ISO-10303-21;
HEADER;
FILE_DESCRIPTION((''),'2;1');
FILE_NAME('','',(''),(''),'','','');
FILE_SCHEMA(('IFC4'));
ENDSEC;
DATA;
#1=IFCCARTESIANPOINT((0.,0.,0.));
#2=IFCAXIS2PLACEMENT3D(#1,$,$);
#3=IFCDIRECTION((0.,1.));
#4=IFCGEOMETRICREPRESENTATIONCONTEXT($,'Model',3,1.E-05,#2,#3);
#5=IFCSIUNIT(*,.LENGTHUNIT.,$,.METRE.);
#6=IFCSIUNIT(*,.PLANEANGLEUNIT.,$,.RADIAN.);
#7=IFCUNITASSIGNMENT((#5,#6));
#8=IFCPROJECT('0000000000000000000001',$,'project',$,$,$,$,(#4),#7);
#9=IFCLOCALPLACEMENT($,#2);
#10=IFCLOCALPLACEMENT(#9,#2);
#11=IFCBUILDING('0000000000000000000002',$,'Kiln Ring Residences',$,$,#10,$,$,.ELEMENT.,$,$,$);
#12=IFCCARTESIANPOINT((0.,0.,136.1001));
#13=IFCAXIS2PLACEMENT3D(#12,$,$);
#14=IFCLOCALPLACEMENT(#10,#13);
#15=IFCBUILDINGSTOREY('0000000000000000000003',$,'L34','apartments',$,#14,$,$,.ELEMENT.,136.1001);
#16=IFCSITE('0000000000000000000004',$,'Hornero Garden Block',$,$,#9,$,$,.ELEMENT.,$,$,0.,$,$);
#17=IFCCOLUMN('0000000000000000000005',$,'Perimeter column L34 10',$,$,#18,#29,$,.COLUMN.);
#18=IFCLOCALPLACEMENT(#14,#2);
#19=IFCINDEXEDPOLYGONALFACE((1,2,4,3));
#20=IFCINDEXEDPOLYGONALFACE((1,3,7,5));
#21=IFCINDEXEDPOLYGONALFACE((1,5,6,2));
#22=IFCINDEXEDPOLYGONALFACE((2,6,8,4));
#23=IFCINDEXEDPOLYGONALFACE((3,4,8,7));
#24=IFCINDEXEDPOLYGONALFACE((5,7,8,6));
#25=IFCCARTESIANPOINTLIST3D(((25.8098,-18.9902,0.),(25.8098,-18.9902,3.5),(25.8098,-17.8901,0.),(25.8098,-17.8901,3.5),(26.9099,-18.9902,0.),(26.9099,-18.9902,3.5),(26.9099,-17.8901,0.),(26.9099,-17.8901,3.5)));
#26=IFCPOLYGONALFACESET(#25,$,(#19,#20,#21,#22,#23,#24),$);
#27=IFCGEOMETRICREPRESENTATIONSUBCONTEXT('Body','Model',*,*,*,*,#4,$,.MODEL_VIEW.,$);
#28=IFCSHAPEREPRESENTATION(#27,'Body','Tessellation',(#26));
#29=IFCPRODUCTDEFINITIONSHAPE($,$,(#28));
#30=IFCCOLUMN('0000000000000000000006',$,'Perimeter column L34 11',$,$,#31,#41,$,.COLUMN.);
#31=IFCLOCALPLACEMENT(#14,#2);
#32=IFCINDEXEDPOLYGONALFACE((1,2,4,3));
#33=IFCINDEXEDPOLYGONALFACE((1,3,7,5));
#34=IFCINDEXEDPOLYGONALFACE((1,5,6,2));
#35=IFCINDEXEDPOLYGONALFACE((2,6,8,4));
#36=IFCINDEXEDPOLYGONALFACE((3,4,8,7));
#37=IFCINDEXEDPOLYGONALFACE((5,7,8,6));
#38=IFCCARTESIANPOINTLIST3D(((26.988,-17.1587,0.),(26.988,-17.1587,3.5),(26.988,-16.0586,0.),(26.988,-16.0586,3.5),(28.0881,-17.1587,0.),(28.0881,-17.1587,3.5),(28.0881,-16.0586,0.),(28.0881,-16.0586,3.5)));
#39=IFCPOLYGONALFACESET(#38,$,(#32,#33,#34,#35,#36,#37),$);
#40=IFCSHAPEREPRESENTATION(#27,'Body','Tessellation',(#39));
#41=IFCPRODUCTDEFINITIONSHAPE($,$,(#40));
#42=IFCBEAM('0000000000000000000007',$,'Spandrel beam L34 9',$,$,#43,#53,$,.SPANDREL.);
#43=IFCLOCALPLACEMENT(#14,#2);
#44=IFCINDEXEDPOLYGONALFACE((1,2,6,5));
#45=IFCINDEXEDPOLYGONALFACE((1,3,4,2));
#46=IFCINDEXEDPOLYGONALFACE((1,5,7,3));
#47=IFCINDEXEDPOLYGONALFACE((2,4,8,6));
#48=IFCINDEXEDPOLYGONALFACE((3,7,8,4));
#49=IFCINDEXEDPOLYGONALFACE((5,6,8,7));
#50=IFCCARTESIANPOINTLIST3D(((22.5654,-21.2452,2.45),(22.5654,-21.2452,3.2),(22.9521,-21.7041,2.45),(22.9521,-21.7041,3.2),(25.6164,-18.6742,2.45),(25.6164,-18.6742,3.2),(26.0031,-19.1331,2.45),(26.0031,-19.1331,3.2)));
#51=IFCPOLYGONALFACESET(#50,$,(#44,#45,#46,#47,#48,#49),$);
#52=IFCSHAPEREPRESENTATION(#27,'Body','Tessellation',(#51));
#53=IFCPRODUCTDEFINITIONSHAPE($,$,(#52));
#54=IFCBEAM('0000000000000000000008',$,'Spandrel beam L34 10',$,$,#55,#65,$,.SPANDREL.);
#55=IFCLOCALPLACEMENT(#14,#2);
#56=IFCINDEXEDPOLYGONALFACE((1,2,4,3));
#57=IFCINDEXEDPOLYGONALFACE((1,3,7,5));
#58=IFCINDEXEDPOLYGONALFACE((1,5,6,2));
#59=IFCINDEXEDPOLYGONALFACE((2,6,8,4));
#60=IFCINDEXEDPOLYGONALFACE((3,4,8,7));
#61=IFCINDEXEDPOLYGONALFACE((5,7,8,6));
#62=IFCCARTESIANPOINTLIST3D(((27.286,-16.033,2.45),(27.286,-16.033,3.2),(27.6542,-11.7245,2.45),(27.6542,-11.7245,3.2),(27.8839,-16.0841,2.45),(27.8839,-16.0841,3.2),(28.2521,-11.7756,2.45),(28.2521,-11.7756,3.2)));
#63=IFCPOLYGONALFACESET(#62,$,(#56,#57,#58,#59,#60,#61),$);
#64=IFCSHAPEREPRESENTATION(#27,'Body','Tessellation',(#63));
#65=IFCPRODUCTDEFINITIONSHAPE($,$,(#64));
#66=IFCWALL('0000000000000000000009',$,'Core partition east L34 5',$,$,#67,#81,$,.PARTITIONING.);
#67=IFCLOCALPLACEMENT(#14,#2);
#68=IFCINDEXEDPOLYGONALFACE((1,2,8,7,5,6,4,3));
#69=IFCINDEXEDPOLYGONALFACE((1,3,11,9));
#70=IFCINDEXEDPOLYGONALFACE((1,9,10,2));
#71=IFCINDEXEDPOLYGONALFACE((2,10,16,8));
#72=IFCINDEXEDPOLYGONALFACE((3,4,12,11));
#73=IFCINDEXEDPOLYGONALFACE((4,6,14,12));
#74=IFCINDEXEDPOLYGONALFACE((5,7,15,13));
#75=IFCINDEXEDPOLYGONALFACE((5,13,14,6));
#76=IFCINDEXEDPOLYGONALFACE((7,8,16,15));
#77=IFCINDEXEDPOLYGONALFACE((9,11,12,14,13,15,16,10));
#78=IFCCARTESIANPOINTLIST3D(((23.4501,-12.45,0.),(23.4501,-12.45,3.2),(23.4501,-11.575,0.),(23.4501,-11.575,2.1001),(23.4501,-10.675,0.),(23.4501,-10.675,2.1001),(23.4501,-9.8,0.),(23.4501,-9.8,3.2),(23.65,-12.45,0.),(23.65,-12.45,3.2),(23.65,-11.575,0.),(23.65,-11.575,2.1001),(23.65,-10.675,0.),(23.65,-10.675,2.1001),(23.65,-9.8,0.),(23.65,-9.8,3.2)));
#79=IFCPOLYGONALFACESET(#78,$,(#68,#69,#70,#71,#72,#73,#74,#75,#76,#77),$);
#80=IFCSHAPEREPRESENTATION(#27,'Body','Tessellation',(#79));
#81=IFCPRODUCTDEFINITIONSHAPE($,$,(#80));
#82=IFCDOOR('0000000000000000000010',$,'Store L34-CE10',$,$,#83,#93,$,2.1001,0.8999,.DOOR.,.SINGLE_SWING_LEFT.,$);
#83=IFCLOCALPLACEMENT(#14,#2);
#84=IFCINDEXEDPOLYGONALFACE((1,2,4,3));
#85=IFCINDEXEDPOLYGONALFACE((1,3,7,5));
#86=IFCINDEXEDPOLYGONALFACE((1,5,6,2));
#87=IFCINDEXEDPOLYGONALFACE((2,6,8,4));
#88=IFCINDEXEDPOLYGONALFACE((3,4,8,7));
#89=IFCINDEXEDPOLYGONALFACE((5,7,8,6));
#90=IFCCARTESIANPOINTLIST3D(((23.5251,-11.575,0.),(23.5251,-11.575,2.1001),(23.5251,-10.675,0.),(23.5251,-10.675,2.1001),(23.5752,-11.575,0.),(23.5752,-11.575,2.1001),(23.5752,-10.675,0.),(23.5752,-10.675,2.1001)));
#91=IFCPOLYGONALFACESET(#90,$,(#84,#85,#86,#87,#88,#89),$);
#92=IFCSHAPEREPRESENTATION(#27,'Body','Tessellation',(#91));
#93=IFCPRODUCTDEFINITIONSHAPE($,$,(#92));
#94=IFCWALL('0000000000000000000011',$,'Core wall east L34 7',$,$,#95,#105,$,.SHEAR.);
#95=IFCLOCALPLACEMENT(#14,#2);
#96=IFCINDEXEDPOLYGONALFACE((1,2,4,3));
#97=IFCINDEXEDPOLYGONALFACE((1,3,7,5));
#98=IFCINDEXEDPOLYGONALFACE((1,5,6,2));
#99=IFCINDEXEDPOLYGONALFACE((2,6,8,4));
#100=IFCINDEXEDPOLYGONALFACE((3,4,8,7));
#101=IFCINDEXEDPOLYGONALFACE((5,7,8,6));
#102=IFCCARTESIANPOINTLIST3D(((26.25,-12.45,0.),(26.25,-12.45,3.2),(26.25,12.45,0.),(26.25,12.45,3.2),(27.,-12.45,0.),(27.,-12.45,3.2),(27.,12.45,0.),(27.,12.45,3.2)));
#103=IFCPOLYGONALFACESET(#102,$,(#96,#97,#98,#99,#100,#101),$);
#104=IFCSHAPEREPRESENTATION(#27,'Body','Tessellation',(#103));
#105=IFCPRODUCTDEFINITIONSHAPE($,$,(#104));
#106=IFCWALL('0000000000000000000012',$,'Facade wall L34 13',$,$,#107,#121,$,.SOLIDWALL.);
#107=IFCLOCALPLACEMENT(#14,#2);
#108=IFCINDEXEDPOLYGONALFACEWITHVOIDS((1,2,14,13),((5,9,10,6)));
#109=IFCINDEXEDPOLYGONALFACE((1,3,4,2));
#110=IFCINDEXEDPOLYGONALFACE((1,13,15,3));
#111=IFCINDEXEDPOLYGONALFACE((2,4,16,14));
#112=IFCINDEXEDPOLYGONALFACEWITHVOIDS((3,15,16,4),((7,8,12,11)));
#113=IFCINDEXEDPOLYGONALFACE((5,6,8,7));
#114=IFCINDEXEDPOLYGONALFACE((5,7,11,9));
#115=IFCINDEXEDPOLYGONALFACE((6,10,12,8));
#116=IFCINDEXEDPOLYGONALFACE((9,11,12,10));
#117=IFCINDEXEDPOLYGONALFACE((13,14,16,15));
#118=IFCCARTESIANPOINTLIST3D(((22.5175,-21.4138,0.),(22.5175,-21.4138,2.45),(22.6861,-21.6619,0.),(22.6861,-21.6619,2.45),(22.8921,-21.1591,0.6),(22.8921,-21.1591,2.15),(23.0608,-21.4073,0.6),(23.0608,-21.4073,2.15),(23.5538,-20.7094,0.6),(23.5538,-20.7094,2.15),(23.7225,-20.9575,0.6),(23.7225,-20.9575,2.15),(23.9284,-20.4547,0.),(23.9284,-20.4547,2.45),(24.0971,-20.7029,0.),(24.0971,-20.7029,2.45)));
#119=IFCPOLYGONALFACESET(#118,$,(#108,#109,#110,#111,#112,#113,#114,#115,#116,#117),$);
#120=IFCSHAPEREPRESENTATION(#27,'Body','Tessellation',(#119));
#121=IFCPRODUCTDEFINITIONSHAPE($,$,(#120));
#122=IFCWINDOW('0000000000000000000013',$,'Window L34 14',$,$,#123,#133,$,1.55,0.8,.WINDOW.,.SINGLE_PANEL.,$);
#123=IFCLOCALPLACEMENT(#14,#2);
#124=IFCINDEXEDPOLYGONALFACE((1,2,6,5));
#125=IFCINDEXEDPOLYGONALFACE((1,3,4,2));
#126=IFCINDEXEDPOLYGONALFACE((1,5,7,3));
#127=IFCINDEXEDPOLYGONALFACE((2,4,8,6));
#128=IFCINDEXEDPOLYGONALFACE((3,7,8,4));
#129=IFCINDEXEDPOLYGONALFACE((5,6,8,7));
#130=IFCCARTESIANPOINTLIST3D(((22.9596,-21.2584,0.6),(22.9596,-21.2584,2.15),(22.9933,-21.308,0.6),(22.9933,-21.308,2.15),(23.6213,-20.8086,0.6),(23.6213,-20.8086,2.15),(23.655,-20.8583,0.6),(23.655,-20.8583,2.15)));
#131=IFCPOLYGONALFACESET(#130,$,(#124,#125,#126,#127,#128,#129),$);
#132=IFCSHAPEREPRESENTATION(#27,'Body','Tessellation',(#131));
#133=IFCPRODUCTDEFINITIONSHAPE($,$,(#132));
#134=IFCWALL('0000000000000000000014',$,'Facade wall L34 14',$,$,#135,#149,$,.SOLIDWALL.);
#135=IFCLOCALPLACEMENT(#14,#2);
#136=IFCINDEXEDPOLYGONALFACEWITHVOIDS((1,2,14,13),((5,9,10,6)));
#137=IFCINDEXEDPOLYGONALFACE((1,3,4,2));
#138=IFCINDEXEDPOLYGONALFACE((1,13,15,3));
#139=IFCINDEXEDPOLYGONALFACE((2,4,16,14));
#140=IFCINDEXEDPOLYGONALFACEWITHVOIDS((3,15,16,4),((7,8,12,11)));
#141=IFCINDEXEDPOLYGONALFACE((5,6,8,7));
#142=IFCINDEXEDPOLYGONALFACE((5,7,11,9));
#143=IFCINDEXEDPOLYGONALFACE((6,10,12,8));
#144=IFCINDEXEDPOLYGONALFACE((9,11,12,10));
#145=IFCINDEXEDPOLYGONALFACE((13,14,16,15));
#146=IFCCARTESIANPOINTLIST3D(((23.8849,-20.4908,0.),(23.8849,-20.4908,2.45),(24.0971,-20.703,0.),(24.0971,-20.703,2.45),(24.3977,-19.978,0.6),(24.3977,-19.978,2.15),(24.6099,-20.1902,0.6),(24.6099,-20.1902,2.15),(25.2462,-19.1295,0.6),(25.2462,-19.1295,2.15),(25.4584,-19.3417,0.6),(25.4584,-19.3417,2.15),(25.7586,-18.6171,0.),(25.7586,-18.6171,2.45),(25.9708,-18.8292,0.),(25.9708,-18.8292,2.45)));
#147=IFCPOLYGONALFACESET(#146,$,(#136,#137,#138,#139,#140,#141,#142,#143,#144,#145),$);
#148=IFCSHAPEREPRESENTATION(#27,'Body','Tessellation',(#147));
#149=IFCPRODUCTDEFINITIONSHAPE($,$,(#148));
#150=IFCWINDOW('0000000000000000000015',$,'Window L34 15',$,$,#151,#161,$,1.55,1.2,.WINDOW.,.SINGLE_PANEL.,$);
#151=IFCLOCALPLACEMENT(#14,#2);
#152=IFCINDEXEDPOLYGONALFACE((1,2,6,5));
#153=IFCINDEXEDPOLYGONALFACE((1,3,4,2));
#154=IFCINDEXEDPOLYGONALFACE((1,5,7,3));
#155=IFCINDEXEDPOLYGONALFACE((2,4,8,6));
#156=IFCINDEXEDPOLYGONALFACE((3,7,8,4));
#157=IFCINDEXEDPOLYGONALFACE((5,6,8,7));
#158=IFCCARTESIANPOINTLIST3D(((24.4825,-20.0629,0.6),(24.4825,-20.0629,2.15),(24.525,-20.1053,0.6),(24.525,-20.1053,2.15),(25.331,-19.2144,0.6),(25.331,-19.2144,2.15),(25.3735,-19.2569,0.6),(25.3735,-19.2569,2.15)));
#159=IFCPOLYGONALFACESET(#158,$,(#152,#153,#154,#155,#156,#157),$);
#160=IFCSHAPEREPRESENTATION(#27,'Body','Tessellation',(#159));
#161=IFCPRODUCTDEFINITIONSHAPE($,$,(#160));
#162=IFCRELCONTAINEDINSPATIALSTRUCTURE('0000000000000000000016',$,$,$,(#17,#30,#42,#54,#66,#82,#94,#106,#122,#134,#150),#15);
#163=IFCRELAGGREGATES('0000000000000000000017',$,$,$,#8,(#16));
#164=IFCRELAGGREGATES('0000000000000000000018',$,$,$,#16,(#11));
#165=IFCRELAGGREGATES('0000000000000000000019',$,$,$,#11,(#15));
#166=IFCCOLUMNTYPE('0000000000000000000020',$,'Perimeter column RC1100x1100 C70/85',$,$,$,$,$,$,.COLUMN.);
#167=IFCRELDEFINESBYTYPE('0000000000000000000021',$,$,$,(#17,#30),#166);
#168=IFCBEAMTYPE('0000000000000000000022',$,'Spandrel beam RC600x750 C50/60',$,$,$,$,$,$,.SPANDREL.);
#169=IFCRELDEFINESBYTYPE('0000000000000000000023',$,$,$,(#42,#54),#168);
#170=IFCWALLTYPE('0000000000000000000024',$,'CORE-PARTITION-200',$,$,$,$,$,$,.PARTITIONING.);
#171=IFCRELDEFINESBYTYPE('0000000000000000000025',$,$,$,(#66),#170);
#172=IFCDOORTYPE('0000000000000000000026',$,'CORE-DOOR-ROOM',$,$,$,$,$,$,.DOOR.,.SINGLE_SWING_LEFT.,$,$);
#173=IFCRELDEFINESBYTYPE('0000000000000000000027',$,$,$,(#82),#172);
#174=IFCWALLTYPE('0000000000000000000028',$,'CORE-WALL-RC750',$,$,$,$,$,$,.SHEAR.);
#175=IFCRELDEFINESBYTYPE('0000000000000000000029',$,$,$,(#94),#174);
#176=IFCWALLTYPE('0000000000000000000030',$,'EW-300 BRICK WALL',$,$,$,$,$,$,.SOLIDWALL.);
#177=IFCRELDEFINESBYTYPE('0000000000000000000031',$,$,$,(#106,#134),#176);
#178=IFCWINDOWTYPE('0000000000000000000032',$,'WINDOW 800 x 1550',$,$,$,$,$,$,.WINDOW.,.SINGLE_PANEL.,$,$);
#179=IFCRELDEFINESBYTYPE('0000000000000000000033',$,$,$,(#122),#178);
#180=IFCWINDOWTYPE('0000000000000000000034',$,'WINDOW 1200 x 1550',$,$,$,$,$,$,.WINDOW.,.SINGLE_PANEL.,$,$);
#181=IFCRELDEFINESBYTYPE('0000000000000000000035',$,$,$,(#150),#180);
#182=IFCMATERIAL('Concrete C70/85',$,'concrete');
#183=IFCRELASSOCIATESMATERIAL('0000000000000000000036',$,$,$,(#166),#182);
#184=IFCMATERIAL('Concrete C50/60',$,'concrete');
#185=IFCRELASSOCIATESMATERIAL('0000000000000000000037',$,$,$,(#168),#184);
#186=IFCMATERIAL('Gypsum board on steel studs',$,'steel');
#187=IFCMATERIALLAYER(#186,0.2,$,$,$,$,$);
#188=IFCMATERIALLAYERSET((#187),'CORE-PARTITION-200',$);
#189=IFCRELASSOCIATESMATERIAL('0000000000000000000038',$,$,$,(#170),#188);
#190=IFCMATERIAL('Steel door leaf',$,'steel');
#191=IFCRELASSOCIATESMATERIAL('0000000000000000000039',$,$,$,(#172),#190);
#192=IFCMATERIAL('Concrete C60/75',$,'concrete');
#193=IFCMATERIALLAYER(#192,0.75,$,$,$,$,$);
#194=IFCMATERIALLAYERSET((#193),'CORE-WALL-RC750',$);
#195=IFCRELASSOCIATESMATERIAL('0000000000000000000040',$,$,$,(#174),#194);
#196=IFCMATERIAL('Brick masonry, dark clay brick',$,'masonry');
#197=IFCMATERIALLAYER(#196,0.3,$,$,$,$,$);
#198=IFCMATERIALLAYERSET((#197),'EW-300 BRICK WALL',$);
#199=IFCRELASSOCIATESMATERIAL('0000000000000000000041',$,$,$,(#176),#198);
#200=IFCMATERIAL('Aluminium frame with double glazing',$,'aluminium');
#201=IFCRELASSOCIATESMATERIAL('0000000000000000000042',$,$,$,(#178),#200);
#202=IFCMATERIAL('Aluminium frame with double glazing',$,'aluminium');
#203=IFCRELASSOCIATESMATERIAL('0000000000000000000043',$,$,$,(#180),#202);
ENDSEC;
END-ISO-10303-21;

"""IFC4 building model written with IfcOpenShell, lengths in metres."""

from ifc_helpers import new_model, si_unit, direction, frame, frame_2d, origin, origin_2d, place, context, subcontext, project, spatial, rectangle, extrude, material, layer, layer_set, material_profile, profile_set, type_object, element, fill, save


model = new_model("IFC4")

# Units and contexts
model_context = context("Model", 3, precision=1e-05, world=origin(), true_north=direction((0.0, 1.0)))
body_context = subcontext(model_context, "Body", "Model", "MODEL_VIEW")
ifc_project = project(units=[si_unit("LENGTHUNIT", "METRE"), si_unit("PLANEANGLEUNIT", "RADIAN")], contexts=[model_context])

# Site, building, storey
site_placement = place(None, origin())
site = spatial("IfcSite", under=ifc_project, at=site_placement, Name="Hornero Garden Block", CompositionType="ELEMENT", RefElevation=0.0)
building_placement = place(site_placement, origin())
building = spatial("IfcBuilding", under=site, at=building_placement, Name="Kiln Ring Residences", CompositionType="ELEMENT")
storey_placement = place(building_placement, frame((0.0, 0.0, 136.1001)))
storey = spatial("IfcBuildingStorey", under=building, at=storey_placement, Name="L34", Description="apartments", CompositionType="ELEMENT", Elevation=136.1001)

# Columns
ifc_material_1 = material(Name="Concrete C70/85", Category="concrete")
ifc_material_profile_1 = material_profile(ifc_material_1, rectangle(XDim=1.1001, YDim=1.1001, at=origin_2d()), Name="RC1100x1100")
ifc_profile_set_1 = profile_set([ifc_material_profile_1], Name="Concrete C70/85")
column_type = type_object("IfcColumnType", Name="Perimeter column RC1100x1100 C70/85", PredefinedType="COLUMN", material=ifc_profile_set_1)
for number, where, z_axis, x_axis, name in (
    (1, (26.3599, -18.4402, 0.0), (0.0, 0.0, 1.0), (1.0, 0.0, 0.0), "Perimeter column L34 10"),
    (2, (27.5381, -16.6086, 0.0), (0.0, 0.0, 1.0), (1.0, 0.0, 0.0), "Perimeter column L34 11"),
):
    element("IfcColumn", number, at=place(storey_placement, frame(where, z_axis=z_axis, x_axis=x_axis)), inside=storey, type_object=column_type, Name=name, PredefinedType="COLUMN", context=body_context, shape_type="SweptSolid", body=[
        extrude(rectangle(XDim=1.1001, YDim=1.1001, at=origin_2d()), origin(), (0.0, 0.0, 1.0), 3.5),
    ])

# Beams
ifc_material_2 = material(Name="Concrete C50/60", Category="concrete")
ifc_material_profile_2 = material_profile(ifc_material_2, rectangle(XDim=0.6001, YDim=0.75, at=origin_2d()), Name="RC600x750")
ifc_profile_set_2 = profile_set([ifc_material_profile_2], Name="Concrete C50/60")
beam_type = type_object("IfcBeamType", Name="Spandrel beam RC600x750 C50/60", PredefinedType="SPANDREL", material=ifc_profile_set_2)
beam_1_placement = place(storey_placement, frame((22.7588, -21.4746, 2.825), z_axis=(0.764694, 0.644394, 0.0), x_axis=(-0.644394, 0.764694, 0.0)))
element("IfcBeam", 3, at=beam_1_placement, inside=storey, type_object=beam_type, Name="Spandrel beam L34 9", PredefinedType="SPANDREL", context=body_context, shape_type="SweptSolid", body=[
    extrude(rectangle(XDim=0.6001, YDim=0.75, at=origin_2d()), origin(), (0.0, 0.0, 1.0), 3.9897),
])
beam_2_placement = place(storey_placement, frame((27.585, -16.0586, 2.825), z_axis=(0.085139, 0.996369, 0.0), x_axis=(-0.996369, 0.085139, 0.0)))
element("IfcBeam", 4, at=beam_2_placement, inside=storey, type_object=beam_type, Name="Spandrel beam L34 10", PredefinedType="SPANDREL", context=body_context, shape_type="SweptSolid", body=[
    extrude(rectangle(XDim=0.6001, YDim=0.75, at=origin_2d()), origin(), (0.0, 0.0, 1.0), 4.3242),
])

# Wall, opening, door
ifc_material_3 = material(Name="Gypsum board on steel studs", Category="steel")
ifc_layer_1 = layer(ifc_material_3, 0.2)
ifc_layer_set_1 = layer_set([ifc_layer_1], Name="CORE-PARTITION-200")
wall_type_1 = type_object("IfcWallType", Name="CORE-PARTITION-200", PredefinedType="PARTITIONING", material=ifc_layer_set_1)
wall_1_placement = place(storey_placement, frame((23.55, -12.45, 0.0), z_axis=(0.0, 0.0, 1.0), x_axis=(0.0, 1.0, 0.0)))
wall_1 = element("IfcWall", 5, at=wall_1_placement, inside=storey, type_object=wall_type_1, Name="Core partition east L34 5", PredefinedType="PARTITIONING", context=body_context, shape_type="SweptSolid", body=[
    extrude(rectangle(XDim=2.6499, YDim=0.2, at=frame_2d((1.325, 0.0))), origin(), (0.0, 0.0, 1.0), 3.2),
])
opening_1_placement = place(wall_1_placement, frame((0.875, 0.0, 0.0)))
opening_1 = element("IfcOpeningElement", 6, at=opening_1_placement, cuts=wall_1, PredefinedType="OPENING", context=body_context, shape_type="SweptSolid", body=[
    extrude(rectangle(XDim=0.8999, YDim=2.1001, at=frame_2d((0.45, 1.05))), frame((0.0, 0.1099, 0.0), z_axis=(0.0, -1.0, 0.0), x_axis=(1.0, 0.0, 0.0)), (0.0, 0.0, 1.0), 0.22),
])
ifc_material_4 = material(Name="Steel door leaf", Category="steel")
door_type = type_object("IfcDoorType", Name="CORE-DOOR-ROOM", OperationType="SINGLE_SWING_LEFT", PredefinedType="DOOR", material=ifc_material_4)
door_placement = place(opening_1_placement, origin())
door = element("IfcDoor", 7, at=door_placement, inside=storey, type_object=door_type, Name="Store L34-CE10", OperationType="SINGLE_SWING_LEFT", OverallHeight=2.1001, OverallWidth=0.8999, PredefinedType="DOOR", context=body_context, shape_type="SweptSolid", body=[
    extrude(rectangle(XDim=0.8999, YDim=2.1001, at=frame_2d((0.45, 1.05))), frame((0.0, 0.0249, 0.0), z_axis=(0.0, -1.0, 0.0), x_axis=(1.0, 0.0, 0.0)), (0.0, 0.0, 1.0), 0.05),
])
fill(opening_1, door)

# Wall
ifc_material_5 = material(Name="Concrete C60/75", Category="concrete")
ifc_layer_2 = layer(ifc_material_5, 0.75)
ifc_layer_set_2 = layer_set([ifc_layer_2], Name="CORE-WALL-RC750")
wall_type_2 = type_object("IfcWallType", Name="CORE-WALL-RC750", PredefinedType="SHEAR", material=ifc_layer_set_2)
wall_2_placement = place(storey_placement, frame((26.625, -12.45, 0.0), z_axis=(0.0, 0.0, 1.0), x_axis=(0.0, 1.0, 0.0)))
element("IfcWall", 8, at=wall_2_placement, inside=storey, type_object=wall_type_2, Name="Core wall east L34 7", PredefinedType="SHEAR", context=body_context, shape_type="SweptSolid", body=[
    extrude(rectangle(XDim=24.8999, YDim=0.75, at=frame_2d((12.45, 0.0))), origin(), (0.0, 0.0, 1.0), 3.2),
])

# Walls, openings, windows
ifc_material_6 = material(Name="Brick masonry, dark clay brick", Category="masonry")
ifc_layer_3 = layer(ifc_material_6, 0.3)
ifc_layer_set_3 = layer_set([ifc_layer_3], Name="EW-300 BRICK WALL")
wall_type_3 = type_object("IfcWallType", Name="EW-300 BRICK WALL", PredefinedType="SOLIDWALL", material=ifc_layer_set_3)
wall_3_placement = place(storey_placement, frame((22.6018, -21.5378, 0.0), z_axis=(0.0, 0.0, 1.0), x_axis=(0.827041, 0.562142, 0.0)))
wall_3 = element("IfcWall", 9, at=wall_3_placement, inside=storey, type_object=wall_type_3, Name="Facade wall L34 13", PredefinedType="SOLIDWALL", context=body_context, shape_type="SweptSolid", body=[
    extrude(rectangle(XDim=1.7061, YDim=0.3, at=frame_2d((0.853, 0.0))), origin(), (0.0, 0.0, 1.0), 2.45),
])
opening_2_placement = place(wall_3_placement, frame((0.4531, 0.0, 0.6001)))
opening_2 = element("IfcOpeningElement", 10, at=opening_2_placement, cuts=wall_3, PredefinedType="OPENING", context=body_context, shape_type="SweptSolid", body=[
    extrude(rectangle(XDim=0.8, YDim=1.55, at=frame_2d((0.3999, 0.7749))), frame((0.0, 0.1599, 0.0), z_axis=(0.0, -1.0, 0.0), x_axis=(1.0, 0.0, 0.0)), (0.0, 0.0, 1.0), 0.3201),
])
ifc_material_7 = material(Name="Aluminium frame with double glazing", Category="aluminium")
window_type_1 = type_object("IfcWindowType", Name="WINDOW 800 x 1550", PartitioningType="SINGLE_PANEL", PredefinedType="WINDOW", material=ifc_material_7)
window_1_placement = place(opening_2_placement, origin())
window_1 = element("IfcWindow", 11, at=window_1_placement, inside=storey, type_object=window_type_1, Name="Window L34 14", OverallHeight=1.55, OverallWidth=0.8, PartitioningType="SINGLE_PANEL", PredefinedType="WINDOW", context=body_context, shape_type="SweptSolid", body=[
    extrude(rectangle(XDim=0.8, YDim=1.55, at=frame_2d((0.3999, 0.7749))), frame((0.0, 0.03, 0.0), z_axis=(0.0, -1.0, 0.0), x_axis=(1.0, 0.0, 0.0)), (0.0, 0.0, 1.0), 0.0601),
])
fill(opening_2, window_1)
wall_4_placement = place(storey_placement, frame((23.991, -20.5969, 0.0), z_axis=(0.0, 0.0, 1.0), x_axis=(0.707107, 0.707107, 0.0)))
wall_4 = element("IfcWall", 12, at=wall_4_placement, inside=storey, type_object=wall_type_3, Name="Facade wall L34 14", PredefinedType="SOLIDWALL", context=body_context, shape_type="SweptSolid", body=[
    extrude(rectangle(XDim=2.6499, YDim=0.3, at=frame_2d((1.325, 0.0))), origin(), (0.0, 0.0, 1.0), 2.45),
])
opening_3_placement = place(wall_4_placement, frame((0.7251, 0.0, 0.6001)))
opening_3 = element("IfcOpeningElement", 13, at=opening_3_placement, cuts=wall_4, PredefinedType="OPENING", context=body_context, shape_type="SweptSolid", body=[
    extrude(rectangle(XDim=1.2, YDim=1.55, at=frame_2d((0.6001, 0.7749))), frame((0.0, 0.1599, 0.0), z_axis=(0.0, -1.0, 0.0), x_axis=(1.0, 0.0, 0.0)), (0.0, 0.0, 1.0), 0.3201),
])
ifc_material_8 = material(Name="Aluminium frame with double glazing", Category="aluminium")
window_type_2 = type_object("IfcWindowType", Name="WINDOW 1200 x 1550", PartitioningType="SINGLE_PANEL", PredefinedType="WINDOW", material=ifc_material_8)
window_2_placement = place(opening_3_placement, origin())
window_2 = element("IfcWindow", 14, at=window_2_placement, inside=storey, type_object=window_type_2, Name="Window L34 15", OverallHeight=1.55, OverallWidth=1.2, PartitioningType="SINGLE_PANEL", PredefinedType="WINDOW", context=body_context, shape_type="SweptSolid", body=[
    extrude(rectangle(XDim=1.2, YDim=1.55, at=frame_2d((0.6001, 0.7749))), frame((0.0, 0.03, 0.0), z_axis=(0.0, -1.0, 0.0), x_axis=(1.0, 0.0, 0.0)), (0.0, 0.0, 1.0), 0.0601),
])
fill(opening_3, window_2)

save(model, "model.ifc")
